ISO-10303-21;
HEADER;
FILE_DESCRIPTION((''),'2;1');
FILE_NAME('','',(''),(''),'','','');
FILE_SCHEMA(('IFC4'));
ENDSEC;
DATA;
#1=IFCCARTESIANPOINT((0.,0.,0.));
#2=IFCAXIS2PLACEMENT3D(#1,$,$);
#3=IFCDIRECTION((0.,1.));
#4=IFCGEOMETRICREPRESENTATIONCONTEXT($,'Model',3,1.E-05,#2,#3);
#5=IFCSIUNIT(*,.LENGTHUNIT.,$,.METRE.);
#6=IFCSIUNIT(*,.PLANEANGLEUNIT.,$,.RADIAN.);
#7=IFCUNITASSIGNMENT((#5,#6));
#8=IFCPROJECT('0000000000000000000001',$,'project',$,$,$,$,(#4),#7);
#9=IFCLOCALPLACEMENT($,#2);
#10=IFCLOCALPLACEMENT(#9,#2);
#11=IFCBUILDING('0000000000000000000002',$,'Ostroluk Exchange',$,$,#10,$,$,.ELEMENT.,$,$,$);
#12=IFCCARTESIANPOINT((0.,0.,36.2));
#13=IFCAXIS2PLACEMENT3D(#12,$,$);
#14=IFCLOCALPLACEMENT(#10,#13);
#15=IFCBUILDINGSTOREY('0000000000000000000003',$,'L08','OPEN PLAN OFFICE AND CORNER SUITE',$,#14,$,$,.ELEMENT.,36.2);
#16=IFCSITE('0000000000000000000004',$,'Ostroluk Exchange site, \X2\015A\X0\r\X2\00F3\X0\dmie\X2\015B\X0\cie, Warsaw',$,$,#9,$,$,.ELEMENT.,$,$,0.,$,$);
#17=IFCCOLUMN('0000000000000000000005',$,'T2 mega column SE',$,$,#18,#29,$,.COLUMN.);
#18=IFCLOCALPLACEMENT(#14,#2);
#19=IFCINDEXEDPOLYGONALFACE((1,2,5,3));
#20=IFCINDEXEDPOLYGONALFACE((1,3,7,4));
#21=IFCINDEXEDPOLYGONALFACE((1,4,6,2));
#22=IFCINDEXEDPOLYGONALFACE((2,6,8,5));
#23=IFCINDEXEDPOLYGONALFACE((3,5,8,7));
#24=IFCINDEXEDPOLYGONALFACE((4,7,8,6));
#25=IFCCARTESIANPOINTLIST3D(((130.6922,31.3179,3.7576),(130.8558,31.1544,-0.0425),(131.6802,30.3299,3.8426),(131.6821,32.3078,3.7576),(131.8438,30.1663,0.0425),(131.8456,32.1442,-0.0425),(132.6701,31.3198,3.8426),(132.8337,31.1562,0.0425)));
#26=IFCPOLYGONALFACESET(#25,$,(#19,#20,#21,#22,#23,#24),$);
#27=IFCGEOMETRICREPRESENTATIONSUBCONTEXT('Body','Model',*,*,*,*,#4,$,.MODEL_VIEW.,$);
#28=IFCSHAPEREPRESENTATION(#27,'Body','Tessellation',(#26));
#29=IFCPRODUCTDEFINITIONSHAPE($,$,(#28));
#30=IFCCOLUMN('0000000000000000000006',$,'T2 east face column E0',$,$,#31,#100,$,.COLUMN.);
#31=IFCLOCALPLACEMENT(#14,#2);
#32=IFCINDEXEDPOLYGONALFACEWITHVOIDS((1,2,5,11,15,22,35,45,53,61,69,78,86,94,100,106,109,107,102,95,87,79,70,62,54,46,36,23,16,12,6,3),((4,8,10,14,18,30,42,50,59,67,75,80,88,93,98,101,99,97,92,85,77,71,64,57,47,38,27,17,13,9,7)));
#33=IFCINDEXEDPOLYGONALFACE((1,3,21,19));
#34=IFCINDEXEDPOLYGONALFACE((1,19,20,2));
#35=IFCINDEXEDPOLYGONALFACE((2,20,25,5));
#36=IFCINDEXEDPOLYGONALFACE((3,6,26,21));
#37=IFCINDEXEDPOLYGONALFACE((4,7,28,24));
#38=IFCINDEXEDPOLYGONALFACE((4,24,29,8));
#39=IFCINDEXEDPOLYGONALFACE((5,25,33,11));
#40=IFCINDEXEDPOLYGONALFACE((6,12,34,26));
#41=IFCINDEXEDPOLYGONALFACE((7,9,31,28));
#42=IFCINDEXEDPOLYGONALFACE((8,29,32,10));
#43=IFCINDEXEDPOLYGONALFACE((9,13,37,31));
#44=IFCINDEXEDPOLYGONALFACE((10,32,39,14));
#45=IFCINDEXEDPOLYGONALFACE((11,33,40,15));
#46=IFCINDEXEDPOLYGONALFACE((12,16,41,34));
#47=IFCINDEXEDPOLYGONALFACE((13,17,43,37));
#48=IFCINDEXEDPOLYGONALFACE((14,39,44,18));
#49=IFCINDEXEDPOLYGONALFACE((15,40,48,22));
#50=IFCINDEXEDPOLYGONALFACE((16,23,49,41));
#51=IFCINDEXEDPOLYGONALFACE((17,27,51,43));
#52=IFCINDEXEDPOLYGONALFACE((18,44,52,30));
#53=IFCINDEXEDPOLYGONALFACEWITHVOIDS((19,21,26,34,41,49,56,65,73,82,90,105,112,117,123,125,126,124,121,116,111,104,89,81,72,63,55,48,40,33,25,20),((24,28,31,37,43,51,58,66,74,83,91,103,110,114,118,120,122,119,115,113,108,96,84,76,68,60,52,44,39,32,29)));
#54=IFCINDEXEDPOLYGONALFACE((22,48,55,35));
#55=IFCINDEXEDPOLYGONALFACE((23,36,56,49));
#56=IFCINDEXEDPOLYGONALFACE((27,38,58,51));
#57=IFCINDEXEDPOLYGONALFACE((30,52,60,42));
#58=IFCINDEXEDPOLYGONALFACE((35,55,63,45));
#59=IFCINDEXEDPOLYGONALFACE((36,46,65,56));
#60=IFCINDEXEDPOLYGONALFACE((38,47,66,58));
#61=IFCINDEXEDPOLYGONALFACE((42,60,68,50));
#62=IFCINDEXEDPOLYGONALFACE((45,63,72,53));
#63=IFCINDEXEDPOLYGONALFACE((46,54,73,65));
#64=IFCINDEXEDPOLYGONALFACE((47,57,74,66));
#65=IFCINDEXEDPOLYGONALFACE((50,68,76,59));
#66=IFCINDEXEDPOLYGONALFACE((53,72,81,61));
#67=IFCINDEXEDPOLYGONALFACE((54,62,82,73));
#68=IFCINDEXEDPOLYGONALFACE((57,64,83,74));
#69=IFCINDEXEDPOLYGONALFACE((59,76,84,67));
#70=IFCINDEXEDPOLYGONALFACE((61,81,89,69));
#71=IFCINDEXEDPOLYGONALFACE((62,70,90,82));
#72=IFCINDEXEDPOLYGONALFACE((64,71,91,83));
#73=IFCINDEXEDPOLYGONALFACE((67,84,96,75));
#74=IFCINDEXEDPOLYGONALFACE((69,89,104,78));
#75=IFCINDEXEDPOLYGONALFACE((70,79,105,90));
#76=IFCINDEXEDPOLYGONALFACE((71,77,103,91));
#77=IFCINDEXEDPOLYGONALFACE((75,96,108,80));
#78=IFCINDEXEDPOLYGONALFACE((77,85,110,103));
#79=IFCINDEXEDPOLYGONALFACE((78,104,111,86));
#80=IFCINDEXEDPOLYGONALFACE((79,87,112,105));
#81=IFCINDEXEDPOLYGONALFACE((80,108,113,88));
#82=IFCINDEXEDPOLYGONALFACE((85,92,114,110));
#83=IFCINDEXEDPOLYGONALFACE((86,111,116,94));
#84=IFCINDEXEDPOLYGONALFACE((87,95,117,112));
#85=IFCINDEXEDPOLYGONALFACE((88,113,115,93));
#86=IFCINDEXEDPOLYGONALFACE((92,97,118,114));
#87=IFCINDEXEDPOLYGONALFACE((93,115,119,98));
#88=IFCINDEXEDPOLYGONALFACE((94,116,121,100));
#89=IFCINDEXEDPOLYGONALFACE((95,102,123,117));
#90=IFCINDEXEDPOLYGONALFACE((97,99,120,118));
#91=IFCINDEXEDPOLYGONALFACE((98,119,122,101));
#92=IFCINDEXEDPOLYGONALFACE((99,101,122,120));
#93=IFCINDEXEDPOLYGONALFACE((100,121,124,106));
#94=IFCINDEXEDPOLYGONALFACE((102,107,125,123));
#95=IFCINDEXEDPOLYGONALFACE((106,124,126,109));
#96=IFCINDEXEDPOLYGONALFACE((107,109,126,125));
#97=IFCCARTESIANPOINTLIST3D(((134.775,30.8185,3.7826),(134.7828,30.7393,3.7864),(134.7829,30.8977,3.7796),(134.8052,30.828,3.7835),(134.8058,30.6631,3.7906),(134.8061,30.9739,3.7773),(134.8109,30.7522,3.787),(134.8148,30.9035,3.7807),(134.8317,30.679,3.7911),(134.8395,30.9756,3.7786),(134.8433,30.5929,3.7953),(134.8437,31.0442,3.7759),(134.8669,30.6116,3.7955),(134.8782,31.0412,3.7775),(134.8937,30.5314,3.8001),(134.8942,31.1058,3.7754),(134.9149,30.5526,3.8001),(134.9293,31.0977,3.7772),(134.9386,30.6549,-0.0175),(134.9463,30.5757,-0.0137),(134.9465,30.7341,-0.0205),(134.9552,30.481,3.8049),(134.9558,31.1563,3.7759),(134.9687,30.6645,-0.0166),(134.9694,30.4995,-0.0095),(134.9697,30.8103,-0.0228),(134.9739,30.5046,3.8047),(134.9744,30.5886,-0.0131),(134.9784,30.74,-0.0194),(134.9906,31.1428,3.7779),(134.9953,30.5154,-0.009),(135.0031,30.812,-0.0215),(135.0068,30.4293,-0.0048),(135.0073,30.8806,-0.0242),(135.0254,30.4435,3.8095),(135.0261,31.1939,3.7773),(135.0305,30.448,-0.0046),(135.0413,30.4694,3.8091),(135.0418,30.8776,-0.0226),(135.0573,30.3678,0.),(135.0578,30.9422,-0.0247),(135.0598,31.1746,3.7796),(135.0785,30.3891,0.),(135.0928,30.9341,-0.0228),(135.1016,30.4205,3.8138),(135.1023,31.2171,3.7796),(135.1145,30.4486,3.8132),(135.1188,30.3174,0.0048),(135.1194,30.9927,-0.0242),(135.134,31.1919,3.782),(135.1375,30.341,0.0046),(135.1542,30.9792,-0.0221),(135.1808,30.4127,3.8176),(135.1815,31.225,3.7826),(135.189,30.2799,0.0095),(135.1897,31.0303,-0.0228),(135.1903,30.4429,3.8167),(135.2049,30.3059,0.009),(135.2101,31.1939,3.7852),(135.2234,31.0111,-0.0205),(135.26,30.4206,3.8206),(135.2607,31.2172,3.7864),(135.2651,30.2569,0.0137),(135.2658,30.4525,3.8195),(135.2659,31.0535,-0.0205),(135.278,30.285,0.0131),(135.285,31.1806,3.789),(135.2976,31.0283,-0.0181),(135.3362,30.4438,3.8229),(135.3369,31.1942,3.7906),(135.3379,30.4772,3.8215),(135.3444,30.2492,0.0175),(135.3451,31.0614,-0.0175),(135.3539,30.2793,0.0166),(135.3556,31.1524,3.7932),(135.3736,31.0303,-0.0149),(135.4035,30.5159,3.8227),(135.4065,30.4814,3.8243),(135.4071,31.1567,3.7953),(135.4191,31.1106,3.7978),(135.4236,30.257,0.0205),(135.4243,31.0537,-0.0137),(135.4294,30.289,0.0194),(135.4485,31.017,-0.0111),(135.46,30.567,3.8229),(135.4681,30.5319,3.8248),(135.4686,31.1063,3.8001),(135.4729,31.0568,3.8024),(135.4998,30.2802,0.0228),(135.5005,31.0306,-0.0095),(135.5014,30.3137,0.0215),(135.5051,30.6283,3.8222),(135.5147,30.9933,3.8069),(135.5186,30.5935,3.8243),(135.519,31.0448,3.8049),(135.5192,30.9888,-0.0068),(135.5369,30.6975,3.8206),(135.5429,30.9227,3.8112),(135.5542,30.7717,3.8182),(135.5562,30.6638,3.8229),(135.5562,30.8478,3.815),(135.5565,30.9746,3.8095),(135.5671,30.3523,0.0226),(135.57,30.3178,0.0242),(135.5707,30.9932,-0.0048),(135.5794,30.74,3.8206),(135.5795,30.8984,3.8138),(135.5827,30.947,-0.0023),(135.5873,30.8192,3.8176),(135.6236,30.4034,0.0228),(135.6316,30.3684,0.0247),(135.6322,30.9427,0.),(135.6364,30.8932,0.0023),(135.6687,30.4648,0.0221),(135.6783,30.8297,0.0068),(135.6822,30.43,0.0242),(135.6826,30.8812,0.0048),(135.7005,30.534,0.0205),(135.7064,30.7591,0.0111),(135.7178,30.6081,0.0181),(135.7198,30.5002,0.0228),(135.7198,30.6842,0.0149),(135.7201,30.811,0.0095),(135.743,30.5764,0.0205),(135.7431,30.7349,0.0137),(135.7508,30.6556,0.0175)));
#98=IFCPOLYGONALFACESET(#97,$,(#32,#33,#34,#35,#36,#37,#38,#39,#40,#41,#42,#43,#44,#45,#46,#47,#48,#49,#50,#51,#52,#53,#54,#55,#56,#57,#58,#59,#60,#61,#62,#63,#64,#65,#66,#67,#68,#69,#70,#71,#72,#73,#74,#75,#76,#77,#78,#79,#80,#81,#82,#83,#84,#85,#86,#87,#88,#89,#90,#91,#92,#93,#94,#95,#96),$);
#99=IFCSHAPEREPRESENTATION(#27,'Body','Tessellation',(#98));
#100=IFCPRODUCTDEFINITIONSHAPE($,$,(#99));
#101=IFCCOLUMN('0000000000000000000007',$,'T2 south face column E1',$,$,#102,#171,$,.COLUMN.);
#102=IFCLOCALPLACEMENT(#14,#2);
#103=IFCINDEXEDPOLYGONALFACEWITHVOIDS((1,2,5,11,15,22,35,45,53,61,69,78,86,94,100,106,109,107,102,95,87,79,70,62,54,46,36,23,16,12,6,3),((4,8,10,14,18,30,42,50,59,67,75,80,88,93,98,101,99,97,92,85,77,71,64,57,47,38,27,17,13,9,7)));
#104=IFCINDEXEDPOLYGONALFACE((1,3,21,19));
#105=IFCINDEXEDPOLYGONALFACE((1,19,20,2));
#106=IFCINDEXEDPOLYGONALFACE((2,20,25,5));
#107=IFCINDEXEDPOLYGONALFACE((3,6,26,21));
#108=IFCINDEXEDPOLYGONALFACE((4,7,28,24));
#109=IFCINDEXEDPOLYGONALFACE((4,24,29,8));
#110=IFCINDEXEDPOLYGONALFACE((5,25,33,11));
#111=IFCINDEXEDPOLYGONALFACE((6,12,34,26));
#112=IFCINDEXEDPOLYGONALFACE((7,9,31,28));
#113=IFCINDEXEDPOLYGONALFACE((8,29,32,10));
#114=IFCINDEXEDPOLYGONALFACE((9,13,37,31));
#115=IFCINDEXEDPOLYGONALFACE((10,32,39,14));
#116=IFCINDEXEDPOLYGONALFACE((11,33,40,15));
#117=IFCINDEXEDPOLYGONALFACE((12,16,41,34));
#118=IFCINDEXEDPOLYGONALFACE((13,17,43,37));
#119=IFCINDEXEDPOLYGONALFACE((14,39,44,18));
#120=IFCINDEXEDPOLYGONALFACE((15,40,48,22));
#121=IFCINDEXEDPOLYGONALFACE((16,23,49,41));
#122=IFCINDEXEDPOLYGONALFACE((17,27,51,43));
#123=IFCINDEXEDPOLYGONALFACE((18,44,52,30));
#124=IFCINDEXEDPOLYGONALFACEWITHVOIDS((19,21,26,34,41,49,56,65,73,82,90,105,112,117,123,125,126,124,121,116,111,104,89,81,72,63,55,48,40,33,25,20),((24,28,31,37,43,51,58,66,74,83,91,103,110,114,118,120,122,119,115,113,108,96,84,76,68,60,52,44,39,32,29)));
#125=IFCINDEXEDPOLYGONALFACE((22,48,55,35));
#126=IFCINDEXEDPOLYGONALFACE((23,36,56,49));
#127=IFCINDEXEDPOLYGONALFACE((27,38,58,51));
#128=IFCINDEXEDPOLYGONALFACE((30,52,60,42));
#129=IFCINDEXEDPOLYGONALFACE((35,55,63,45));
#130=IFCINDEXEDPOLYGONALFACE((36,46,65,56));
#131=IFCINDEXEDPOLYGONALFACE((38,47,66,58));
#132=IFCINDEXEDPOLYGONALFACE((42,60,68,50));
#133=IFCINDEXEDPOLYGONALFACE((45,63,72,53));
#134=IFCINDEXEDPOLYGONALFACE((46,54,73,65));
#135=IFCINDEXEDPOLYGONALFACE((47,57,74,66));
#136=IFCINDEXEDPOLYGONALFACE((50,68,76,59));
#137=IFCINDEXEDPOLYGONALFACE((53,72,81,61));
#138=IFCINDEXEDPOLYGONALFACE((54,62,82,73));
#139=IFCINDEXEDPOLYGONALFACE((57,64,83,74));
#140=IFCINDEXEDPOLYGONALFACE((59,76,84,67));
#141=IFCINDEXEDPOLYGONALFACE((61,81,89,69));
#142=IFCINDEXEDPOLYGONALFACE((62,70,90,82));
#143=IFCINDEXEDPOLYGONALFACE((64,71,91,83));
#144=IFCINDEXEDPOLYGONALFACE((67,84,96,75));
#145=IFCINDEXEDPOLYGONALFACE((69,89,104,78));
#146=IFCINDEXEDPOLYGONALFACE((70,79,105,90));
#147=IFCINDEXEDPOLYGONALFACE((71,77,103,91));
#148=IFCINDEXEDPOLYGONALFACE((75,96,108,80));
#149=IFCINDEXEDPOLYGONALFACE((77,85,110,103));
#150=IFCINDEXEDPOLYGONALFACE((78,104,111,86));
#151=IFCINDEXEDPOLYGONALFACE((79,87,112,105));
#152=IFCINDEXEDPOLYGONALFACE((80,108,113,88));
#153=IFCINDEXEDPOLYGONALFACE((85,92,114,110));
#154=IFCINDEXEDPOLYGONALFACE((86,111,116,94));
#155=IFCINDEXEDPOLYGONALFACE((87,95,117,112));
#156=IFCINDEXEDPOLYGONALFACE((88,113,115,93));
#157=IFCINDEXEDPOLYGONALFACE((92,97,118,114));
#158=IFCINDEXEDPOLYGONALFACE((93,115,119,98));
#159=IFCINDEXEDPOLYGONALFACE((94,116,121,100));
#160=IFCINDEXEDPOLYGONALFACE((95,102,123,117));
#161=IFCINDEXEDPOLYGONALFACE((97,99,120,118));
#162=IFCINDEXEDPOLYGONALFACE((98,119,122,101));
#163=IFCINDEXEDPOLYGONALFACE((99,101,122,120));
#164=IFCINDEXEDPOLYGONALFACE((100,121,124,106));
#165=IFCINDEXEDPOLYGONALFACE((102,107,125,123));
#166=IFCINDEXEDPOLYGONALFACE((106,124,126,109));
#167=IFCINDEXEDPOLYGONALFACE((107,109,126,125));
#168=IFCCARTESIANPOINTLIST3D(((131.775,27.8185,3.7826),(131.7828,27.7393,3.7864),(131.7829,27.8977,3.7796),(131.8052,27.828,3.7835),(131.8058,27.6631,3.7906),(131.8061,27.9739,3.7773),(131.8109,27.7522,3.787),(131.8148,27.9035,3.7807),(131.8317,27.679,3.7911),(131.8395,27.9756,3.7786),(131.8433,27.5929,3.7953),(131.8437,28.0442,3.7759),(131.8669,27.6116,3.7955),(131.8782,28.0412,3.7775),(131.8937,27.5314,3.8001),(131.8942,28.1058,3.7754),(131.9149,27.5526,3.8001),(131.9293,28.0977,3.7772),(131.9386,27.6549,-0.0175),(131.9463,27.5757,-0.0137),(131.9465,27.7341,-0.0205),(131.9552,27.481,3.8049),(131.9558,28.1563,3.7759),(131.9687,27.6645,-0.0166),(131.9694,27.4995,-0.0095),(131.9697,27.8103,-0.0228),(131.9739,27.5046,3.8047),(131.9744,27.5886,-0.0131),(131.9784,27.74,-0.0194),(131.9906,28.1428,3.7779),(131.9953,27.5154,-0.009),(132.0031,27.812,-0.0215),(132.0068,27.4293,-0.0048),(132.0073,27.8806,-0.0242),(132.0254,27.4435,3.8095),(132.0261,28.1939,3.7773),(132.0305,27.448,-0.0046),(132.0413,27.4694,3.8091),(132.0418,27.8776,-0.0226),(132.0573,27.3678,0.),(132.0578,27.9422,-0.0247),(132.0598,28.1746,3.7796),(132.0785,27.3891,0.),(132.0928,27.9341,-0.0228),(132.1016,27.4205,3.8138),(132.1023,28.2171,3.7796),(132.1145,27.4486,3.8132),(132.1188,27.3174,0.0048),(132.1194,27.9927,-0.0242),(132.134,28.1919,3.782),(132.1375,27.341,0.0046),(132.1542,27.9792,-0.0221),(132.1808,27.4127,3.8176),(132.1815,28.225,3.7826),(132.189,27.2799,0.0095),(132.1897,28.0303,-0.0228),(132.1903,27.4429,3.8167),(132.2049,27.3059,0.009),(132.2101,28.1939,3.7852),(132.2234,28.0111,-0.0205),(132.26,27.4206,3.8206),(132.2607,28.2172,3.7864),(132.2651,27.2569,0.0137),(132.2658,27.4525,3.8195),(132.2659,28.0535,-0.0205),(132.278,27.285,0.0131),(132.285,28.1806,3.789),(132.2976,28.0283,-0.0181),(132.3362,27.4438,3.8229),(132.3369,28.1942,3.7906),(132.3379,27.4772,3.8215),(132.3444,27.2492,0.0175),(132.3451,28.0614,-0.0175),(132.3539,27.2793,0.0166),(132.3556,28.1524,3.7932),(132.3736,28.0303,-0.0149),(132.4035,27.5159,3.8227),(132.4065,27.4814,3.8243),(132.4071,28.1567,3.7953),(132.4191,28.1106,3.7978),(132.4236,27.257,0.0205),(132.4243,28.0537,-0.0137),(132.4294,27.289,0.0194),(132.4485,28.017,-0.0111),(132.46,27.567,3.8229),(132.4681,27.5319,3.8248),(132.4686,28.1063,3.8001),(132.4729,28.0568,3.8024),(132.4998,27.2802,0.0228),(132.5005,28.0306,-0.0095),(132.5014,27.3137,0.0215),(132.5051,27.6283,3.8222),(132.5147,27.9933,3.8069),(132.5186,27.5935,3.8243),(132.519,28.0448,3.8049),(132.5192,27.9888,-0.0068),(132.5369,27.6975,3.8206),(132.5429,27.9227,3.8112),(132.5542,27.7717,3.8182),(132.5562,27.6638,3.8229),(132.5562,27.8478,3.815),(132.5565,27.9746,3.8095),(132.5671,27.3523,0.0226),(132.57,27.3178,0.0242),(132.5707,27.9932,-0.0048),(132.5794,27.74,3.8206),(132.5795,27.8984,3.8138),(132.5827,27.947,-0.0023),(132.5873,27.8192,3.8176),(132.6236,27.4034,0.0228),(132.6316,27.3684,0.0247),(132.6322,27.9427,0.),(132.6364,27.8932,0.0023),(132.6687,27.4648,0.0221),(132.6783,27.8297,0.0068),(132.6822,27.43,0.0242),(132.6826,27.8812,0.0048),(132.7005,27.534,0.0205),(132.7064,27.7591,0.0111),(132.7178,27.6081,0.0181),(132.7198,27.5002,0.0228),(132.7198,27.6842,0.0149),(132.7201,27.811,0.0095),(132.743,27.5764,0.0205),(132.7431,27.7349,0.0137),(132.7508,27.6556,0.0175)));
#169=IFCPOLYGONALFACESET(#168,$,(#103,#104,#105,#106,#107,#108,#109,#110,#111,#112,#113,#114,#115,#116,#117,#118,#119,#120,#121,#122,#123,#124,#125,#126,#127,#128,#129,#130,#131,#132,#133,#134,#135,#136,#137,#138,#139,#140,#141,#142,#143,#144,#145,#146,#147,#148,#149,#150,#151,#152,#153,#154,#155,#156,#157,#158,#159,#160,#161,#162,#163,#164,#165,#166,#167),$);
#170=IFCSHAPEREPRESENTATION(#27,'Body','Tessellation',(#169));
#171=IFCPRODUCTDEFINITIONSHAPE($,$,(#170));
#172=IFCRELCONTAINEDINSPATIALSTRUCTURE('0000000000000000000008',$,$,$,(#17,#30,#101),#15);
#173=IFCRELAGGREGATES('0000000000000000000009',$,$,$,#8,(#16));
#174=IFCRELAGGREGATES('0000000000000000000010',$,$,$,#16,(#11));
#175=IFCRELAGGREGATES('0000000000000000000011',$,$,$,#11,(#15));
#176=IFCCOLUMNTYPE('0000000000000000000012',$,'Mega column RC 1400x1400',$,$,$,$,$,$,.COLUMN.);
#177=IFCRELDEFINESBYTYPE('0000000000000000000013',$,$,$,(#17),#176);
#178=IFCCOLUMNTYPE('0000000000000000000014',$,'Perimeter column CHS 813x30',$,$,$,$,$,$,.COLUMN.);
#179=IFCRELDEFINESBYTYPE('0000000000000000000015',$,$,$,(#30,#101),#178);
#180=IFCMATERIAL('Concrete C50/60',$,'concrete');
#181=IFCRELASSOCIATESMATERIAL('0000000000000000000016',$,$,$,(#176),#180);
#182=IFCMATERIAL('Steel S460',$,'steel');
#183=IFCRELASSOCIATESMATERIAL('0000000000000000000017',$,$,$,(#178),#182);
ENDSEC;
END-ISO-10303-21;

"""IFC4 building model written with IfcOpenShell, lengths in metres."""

from ifc_helpers import new_model, si_unit, direction, frame, origin, origin_2d, place, context, subcontext, project, spatial, rectangle, hollow_circle, extrude, material, material_profile, profile_set, type_object, element, save


model = new_model("IFC4")

# Units and contexts
model_context = context("Model", 3, precision=1e-05, world=origin(), true_north=direction((0.0, 1.0)))
body_context = subcontext(model_context, "Body", "Model", "MODEL_VIEW")
ifc_project = project(units=[si_unit("LENGTHUNIT", "METRE"), si_unit("PLANEANGLEUNIT", "RADIAN")], contexts=[model_context])

# Site, building, storey
site_placement = place(None, origin())
site = spatial("IfcSite", under=ifc_project, at=site_placement, Name="Ostroluk Exchange site, Śródmieście, Warsaw", CompositionType="ELEMENT", RefElevation=0.0)
building_placement = place(site_placement, origin())
building = spatial("IfcBuilding", under=site, at=building_placement, Name="Ostroluk Exchange", CompositionType="ELEMENT")
storey_placement = place(building_placement, frame((0.0, 0.0, 36.2)))
storey = spatial("IfcBuildingStorey", under=building, at=storey_placement, Name="L08", Description="OPEN PLAN OFFICE AND CORNER SUITE", CompositionType="ELEMENT", Elevation=36.2)

# Columns
ifc_material_1 = material(Name="Concrete C50/60", Category="concrete")
ifc_material_profile_1 = material_profile(ifc_material_1, rectangle(XDim=1.3999, YDim=1.3999, at=origin_2d()), Name="RC 1400x1400")
ifc_profile_set_1 = profile_set([ifc_material_profile_1], Name="Concrete C50/60")
column_type_1 = type_object("IfcColumnType", Name="Mega column RC 1400x1400", PredefinedType="COLUMN", material=ifc_profile_set_1)
column_placement = place(storey_placement, frame((131.8447, 31.1553, 0.0), z_axis=(-0.042966, 0.042966, 0.998152), x_axis=(-0.707107, -0.707107, 0.0)))
element("IfcColumn", 1, at=column_placement, inside=storey, type_object=column_type_1, Name="T2 mega column SE", PredefinedType="COLUMN", context=body_context, shape_type="SweptSolid", body=[
    extrude(rectangle(XDim=1.3999, YDim=1.3999, at=origin_2d()), origin(), (0.0, 0.0, 1.0), 3.8071),
])
ifc_material_2 = material(Name="Steel S460", Category="steel")
ifc_material_profile_2 = material_profile(ifc_material_2, hollow_circle(Radius=0.4065, WallThickness=0.03, at=origin_2d()), Name="CHS 813x30")
ifc_profile_set_2 = profile_set([ifc_material_profile_2], Name="Steel S460")
column_type_2 = type_object("IfcColumnType", Name="Perimeter column CHS 813x30", PredefinedType="COLUMN", material=ifc_profile_set_2)
for number, where, z_axis, x_axis, name in (
    (2, (135.3447, 30.6553, 0.0), (-0.042966, 0.042966, 0.998152), (-0.707107, -0.707107, 0.0), "T2 east face column E0"),
    (3, (132.3447, 27.6553, 0.0), (-0.042966, 0.042966, 0.998152), (-0.707107, -0.707107, 0.0), "T2 south face column E1"),
):
    element("IfcColumn", number, at=place(storey_placement, frame(where, z_axis=z_axis, x_axis=x_axis)), inside=storey, type_object=column_type_2, Name=name, PredefinedType="COLUMN", context=body_context, shape_type="SweptSolid", body=[
        extrude(hollow_circle(Radius=0.4065, WallThickness=0.03, at=origin_2d()), origin(), (0.0, 0.0, 1.0), 3.8071),
    ])

save(model, "model.ifc")
